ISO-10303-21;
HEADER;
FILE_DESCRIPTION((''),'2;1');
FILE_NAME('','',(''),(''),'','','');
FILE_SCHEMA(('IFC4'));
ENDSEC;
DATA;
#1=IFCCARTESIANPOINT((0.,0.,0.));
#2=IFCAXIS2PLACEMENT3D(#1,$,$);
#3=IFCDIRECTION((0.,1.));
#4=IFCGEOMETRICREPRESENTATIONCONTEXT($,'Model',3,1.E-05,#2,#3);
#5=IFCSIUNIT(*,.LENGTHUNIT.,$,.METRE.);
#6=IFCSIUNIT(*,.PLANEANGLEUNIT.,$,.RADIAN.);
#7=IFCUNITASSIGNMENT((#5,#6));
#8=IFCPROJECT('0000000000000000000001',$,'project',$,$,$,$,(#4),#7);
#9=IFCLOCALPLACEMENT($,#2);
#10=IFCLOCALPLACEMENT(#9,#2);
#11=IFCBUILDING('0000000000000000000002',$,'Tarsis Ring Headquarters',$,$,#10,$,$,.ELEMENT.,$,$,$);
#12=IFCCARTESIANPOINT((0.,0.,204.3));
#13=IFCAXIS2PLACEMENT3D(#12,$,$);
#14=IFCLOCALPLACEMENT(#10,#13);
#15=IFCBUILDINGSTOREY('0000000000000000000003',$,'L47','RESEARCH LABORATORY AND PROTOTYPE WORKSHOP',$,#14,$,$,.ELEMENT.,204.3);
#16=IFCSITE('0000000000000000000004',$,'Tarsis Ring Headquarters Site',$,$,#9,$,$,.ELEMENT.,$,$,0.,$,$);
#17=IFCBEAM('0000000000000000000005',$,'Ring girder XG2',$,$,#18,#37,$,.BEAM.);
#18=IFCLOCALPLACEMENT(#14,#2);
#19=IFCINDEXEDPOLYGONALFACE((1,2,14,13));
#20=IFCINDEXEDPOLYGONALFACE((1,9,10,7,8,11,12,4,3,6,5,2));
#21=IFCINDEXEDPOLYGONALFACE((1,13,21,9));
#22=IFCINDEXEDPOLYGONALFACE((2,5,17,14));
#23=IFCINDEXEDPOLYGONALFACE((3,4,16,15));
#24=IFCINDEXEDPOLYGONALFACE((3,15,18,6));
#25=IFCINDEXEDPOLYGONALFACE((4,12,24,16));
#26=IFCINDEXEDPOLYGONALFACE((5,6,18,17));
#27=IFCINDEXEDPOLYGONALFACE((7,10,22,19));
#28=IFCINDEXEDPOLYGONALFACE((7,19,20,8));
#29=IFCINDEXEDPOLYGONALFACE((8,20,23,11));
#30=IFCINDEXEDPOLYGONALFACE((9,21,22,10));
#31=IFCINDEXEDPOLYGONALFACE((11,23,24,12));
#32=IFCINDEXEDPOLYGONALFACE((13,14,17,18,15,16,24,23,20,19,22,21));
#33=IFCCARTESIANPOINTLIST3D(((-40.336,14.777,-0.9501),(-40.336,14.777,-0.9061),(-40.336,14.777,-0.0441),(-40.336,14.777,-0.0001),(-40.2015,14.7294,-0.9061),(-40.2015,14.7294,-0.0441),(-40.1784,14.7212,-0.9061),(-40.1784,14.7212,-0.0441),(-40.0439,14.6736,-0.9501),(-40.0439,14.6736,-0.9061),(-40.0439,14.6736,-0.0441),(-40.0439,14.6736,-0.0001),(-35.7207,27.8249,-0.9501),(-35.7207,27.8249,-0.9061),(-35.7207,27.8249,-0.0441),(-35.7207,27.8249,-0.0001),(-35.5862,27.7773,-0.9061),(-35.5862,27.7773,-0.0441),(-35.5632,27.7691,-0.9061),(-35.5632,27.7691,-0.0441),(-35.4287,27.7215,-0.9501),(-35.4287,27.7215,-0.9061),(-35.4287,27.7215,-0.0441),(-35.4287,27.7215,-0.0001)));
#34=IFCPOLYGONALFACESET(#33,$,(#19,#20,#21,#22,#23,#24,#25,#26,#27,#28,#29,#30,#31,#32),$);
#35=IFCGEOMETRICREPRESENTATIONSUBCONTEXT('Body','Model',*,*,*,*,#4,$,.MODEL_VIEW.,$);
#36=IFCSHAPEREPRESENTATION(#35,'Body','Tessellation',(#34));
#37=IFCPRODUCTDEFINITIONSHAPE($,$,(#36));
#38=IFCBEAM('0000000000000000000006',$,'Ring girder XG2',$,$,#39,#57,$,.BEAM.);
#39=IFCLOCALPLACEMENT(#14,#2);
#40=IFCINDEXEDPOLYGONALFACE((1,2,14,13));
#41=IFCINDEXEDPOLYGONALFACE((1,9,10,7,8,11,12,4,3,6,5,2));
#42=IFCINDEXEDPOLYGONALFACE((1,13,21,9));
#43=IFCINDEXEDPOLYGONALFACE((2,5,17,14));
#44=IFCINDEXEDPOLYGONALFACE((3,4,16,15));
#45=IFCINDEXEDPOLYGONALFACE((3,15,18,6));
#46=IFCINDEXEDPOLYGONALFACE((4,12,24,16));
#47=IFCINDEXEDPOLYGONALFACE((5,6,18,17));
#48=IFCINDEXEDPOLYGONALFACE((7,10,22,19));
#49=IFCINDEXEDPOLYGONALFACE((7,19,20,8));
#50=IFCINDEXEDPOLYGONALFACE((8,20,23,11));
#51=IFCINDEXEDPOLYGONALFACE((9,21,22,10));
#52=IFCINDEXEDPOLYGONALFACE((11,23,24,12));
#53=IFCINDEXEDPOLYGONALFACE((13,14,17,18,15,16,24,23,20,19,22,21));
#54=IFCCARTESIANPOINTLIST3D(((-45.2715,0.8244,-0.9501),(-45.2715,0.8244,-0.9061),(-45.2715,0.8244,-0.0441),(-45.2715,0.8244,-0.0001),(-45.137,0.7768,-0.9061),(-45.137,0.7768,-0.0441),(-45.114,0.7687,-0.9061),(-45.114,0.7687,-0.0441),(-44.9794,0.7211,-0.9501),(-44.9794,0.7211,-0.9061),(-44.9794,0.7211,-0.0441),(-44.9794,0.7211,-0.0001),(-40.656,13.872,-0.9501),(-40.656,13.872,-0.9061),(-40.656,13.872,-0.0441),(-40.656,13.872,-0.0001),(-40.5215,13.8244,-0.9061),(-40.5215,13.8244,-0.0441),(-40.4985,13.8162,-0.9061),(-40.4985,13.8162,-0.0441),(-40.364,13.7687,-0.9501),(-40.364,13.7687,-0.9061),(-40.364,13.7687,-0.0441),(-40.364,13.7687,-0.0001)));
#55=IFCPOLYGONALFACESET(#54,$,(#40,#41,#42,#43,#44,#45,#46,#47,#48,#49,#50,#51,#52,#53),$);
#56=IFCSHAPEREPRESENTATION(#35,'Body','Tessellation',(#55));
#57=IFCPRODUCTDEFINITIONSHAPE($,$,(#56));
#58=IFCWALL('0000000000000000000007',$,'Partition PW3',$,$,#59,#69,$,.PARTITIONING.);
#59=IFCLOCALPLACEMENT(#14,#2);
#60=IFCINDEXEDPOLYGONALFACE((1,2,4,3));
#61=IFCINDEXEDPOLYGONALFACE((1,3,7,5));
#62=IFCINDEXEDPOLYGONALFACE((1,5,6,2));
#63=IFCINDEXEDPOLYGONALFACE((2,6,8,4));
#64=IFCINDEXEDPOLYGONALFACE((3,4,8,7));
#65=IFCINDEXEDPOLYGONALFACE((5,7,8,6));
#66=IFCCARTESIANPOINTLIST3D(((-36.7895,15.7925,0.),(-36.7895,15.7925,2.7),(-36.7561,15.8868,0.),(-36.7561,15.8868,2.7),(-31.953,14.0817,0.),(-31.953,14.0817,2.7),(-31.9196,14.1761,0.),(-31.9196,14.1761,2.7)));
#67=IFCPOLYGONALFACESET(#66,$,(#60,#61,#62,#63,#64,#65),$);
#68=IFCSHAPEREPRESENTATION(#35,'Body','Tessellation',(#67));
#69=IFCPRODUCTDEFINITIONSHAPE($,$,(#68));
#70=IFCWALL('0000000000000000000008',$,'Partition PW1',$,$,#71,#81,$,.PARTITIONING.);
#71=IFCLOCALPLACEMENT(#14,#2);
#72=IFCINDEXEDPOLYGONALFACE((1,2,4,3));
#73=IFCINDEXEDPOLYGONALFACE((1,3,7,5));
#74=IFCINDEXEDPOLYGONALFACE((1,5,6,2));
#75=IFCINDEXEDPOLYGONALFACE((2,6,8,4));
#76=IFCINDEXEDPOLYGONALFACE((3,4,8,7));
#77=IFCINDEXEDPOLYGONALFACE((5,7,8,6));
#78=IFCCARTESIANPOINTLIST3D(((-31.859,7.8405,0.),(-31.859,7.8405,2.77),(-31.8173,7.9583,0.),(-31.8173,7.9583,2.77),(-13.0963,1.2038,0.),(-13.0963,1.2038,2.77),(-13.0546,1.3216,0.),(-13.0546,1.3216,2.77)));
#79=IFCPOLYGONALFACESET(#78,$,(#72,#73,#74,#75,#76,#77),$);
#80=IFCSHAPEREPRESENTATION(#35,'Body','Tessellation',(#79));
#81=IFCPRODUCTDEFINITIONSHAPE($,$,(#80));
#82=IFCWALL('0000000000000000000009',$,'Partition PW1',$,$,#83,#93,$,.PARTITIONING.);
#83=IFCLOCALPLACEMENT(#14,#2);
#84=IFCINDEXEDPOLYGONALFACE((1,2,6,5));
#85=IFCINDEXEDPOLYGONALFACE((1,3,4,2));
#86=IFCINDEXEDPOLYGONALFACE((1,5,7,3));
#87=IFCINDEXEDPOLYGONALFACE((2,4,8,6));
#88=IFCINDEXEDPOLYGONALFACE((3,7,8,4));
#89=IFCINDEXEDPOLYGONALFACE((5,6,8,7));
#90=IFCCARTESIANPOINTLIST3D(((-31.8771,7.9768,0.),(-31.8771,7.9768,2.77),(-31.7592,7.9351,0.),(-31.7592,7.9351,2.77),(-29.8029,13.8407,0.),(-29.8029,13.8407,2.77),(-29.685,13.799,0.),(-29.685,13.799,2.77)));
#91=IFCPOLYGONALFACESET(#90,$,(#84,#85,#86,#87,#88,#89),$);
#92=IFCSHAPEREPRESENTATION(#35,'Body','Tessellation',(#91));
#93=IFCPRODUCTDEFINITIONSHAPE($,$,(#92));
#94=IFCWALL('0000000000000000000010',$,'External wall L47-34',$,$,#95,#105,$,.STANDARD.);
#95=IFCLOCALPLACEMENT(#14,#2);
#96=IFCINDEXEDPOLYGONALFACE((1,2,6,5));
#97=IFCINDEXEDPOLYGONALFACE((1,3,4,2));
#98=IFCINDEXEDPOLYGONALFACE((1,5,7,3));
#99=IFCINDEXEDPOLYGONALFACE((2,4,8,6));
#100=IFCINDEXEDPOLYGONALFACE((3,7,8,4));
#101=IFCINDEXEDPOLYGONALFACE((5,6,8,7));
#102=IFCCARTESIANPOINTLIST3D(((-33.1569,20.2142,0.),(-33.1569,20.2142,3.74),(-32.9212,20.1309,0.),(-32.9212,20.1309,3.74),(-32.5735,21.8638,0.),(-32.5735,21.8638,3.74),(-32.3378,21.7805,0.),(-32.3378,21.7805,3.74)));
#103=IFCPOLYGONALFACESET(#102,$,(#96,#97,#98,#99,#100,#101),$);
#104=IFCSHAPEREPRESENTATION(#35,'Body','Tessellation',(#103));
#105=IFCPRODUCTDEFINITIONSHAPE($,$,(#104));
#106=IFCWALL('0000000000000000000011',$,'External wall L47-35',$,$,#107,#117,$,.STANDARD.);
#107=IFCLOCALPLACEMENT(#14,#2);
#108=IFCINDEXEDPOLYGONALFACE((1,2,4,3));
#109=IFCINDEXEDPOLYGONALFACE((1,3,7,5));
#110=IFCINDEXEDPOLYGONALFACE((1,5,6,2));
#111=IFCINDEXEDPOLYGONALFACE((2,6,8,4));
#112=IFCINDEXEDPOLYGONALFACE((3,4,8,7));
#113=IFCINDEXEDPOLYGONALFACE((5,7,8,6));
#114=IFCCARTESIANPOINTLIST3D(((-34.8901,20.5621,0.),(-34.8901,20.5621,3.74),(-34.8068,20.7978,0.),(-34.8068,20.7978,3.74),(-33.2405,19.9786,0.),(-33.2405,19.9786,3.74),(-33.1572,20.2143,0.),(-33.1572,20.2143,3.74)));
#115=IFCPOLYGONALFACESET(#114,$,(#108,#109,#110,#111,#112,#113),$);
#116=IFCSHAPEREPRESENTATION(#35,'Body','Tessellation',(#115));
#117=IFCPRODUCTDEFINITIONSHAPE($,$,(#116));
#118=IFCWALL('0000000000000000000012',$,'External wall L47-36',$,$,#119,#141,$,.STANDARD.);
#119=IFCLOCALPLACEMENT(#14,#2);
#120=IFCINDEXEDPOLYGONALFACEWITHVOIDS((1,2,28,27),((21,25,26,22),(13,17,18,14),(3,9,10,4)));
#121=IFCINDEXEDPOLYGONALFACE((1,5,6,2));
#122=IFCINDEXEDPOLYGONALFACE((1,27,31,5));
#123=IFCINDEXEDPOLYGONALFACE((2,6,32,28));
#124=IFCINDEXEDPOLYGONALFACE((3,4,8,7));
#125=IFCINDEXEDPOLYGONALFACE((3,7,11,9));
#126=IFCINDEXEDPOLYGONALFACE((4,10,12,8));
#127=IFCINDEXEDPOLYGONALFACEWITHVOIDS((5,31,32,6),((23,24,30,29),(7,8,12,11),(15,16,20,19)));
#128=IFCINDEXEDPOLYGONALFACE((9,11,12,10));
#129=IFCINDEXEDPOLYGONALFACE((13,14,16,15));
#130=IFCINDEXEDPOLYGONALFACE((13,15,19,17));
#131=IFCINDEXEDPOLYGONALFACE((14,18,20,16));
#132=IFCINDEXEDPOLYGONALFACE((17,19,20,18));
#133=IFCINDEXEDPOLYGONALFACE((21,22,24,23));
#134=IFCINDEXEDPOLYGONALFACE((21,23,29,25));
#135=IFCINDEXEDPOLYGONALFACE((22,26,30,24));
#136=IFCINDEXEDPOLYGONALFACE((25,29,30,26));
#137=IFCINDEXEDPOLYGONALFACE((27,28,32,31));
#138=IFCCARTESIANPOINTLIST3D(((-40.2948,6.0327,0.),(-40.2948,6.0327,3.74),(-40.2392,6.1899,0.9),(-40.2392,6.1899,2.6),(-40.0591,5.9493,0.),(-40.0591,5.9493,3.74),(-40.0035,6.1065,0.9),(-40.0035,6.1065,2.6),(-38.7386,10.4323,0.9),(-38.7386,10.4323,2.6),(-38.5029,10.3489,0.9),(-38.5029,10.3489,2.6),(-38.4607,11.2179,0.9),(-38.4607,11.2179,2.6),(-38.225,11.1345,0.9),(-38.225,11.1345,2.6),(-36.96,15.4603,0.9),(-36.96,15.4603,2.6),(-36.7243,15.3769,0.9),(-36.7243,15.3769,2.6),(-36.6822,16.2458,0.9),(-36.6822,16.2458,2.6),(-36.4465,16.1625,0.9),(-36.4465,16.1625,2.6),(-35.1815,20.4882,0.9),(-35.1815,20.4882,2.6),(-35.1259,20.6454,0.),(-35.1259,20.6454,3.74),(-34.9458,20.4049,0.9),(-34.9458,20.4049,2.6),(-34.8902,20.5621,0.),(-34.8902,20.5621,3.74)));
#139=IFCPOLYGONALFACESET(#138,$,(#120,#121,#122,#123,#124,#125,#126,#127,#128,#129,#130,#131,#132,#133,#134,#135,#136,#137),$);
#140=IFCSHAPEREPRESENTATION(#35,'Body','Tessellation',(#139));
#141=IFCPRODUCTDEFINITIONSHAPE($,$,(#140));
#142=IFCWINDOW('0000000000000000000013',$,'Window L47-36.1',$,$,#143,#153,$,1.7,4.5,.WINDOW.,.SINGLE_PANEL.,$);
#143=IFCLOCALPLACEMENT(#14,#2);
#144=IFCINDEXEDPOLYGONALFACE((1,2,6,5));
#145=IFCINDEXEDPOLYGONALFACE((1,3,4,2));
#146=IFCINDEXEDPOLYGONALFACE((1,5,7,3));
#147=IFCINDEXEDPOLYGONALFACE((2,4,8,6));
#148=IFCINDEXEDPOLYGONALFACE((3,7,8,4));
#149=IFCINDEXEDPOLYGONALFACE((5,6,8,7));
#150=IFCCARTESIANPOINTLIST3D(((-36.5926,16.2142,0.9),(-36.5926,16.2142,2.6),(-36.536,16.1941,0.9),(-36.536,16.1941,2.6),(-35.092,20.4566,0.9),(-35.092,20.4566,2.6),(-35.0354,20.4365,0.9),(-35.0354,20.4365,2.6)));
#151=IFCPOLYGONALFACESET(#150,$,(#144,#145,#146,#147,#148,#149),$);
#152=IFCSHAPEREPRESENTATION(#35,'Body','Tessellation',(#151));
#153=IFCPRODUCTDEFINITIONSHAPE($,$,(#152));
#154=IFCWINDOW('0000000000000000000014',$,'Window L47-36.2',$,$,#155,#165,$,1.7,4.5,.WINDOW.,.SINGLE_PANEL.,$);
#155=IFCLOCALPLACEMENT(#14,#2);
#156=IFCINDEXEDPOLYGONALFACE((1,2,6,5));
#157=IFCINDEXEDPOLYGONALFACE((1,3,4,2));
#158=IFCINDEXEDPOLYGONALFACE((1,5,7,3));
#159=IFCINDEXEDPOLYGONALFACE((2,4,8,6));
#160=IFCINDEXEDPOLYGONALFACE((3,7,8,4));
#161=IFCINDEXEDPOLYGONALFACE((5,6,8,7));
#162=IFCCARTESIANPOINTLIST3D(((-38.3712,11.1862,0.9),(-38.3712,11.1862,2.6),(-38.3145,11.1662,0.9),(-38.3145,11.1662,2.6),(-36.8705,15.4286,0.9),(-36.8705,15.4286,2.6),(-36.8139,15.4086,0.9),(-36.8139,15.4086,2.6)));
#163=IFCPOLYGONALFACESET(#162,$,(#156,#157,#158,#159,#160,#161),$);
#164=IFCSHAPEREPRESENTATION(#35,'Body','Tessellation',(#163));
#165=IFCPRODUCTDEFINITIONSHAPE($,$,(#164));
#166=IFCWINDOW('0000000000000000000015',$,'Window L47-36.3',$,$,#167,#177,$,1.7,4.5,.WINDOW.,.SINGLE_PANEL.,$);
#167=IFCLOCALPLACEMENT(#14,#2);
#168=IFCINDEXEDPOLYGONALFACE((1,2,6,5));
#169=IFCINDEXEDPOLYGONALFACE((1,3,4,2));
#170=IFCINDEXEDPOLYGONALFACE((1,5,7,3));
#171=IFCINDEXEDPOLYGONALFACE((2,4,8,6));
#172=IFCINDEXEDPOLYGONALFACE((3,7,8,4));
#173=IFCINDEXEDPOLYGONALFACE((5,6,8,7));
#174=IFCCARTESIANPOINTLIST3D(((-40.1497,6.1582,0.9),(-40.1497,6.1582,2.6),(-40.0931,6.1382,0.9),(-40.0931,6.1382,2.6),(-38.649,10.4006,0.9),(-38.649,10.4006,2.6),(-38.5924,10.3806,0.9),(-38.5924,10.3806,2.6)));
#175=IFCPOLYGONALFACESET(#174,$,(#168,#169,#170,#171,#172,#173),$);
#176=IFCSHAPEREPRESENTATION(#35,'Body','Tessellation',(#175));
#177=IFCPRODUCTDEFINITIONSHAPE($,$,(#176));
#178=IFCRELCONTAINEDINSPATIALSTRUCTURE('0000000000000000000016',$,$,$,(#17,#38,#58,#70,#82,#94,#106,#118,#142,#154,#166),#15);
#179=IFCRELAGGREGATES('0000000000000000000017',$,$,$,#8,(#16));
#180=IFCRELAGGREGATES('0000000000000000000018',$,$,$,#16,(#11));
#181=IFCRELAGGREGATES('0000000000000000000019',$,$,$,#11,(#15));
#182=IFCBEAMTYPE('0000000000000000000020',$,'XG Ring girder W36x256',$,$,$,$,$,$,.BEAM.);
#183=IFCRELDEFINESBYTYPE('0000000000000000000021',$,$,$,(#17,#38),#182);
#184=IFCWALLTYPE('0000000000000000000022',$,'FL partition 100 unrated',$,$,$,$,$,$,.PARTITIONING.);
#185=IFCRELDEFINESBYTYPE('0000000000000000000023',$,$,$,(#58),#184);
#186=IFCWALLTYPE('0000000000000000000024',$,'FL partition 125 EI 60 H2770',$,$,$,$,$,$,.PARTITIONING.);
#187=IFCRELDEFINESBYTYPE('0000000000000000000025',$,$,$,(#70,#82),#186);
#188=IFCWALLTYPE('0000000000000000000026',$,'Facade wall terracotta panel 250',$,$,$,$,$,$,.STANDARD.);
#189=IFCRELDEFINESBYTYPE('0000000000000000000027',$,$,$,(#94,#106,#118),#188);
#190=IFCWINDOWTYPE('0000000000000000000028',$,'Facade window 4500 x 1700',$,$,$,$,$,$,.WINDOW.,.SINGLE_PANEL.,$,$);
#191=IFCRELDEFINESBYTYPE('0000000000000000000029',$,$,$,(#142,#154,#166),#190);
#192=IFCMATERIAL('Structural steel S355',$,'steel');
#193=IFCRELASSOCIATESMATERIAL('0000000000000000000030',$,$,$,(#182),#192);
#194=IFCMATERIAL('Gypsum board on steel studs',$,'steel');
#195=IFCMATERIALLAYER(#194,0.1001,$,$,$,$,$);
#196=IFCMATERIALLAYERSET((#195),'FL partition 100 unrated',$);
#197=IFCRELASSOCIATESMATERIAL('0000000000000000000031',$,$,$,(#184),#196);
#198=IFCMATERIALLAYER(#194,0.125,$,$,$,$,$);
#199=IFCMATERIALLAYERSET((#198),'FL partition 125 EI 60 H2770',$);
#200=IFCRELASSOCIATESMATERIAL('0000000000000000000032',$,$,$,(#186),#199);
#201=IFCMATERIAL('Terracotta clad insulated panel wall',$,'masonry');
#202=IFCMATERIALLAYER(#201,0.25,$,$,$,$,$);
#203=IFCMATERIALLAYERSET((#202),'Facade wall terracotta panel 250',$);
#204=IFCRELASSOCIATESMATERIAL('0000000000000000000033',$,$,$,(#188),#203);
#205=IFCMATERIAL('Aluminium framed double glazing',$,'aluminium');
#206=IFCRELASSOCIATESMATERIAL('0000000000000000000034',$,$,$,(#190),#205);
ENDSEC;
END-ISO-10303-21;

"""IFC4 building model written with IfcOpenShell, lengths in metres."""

from ifc_helpers import new_model, si_unit, direction, frame, frame_2d, origin, origin_2d, place, context, subcontext, project, spatial, rectangle, i_section, extrude, material, layer, layer_set, material_profile, profile_set, type_object, element, fill, save


model = new_model("IFC4")

# Units and contexts
model_context = context("Model", 3, precision=1e-05, world=origin(), true_north=direction((0.0, 1.0)))
body_context = subcontext(model_context, "Body", "Model", "MODEL_VIEW")
ifc_project = project(units=[si_unit("LENGTHUNIT", "METRE"), si_unit("PLANEANGLEUNIT", "RADIAN")], contexts=[model_context])

# Site, building, storey
site_placement = place(None, origin())
site = spatial("IfcSite", under=ifc_project, at=site_placement, Name="Tarsis Ring Headquarters Site", CompositionType="ELEMENT", RefElevation=0.0)
building_placement = place(site_placement, origin())
building = spatial("IfcBuilding", under=site, at=building_placement, Name="Tarsis Ring Headquarters", CompositionType="ELEMENT")
storey_placement = place(building_placement, frame((0.0, 0.0, 204.3)))
storey = spatial("IfcBuildingStorey", under=building, at=storey_placement, Name="L47", Description="RESEARCH LABORATORY AND PROTOTYPE WORKSHOP", CompositionType="ELEMENT", Elevation=204.3)

# Shared definitions
ifc_material_1 = material(Name="Structural steel S355", Category="steel")

# Beams
ifc_material_profile_1 = material_profile(ifc_material_1, i_section(OverallWidth=0.3098, OverallDepth=0.95, WebThickness=0.0244, FlangeThickness=0.0439, at=origin_2d()), Name="W36x256")
ifc_profile_set_1 = profile_set([ifc_material_profile_1], Name="Structural steel S355")
beam_type_1 = type_object("IfcBeamType", Name="XG Ring girder W36x256", PredefinedType="BEAM", material=ifc_profile_set_1)
beam_1_placement = place(storey_placement, frame((-35.5747, 27.7732, -0.4751), z_axis=(-0.33347, -0.942761, 0.0), x_axis=(0.942761, -0.33347, 0.0)))
element("IfcBeam", 1, at=beam_1_placement, inside=storey, type_object=beam_type_1, Name="Ring girder XG2", PredefinedType="BEAM", context=body_context, shape_type="SweptSolid", body=[
    extrude(i_section(OverallWidth=0.3098, OverallDepth=0.95, WebThickness=0.0244, FlangeThickness=0.0439, at=origin_2d()), origin(), (0.0, 0.0, 1.0), 13.8401),
])
beam_2_placement = place(storey_placement, frame((-40.51, 13.8203, -0.4751), z_axis=(-0.333491, -0.942753, 0.0), x_axis=(0.942753, -0.333491, 0.0)))
element("IfcBeam", 2, at=beam_2_placement, inside=storey, type_object=beam_type_1, Name="Ring girder XG2", PredefinedType="BEAM", context=body_context, shape_type="SweptSolid", body=[
    extrude(i_section(OverallWidth=0.3098, OverallDepth=0.95, WebThickness=0.0244, FlangeThickness=0.0439, at=origin_2d()), origin(), (0.0, 0.0, 1.0), 13.8398),
])

# Walls
ifc_material_2 = material(Name="Gypsum board on steel studs", Category="steel")
ifc_layer_1 = layer(ifc_material_2, 0.1001)
ifc_layer_set_1 = layer_set([ifc_layer_1], Name="FL partition 100 unrated")
wall_type_1 = type_object("IfcWallType", Name="FL partition 100 unrated", PredefinedType="PARTITIONING", material=ifc_layer_set_1)
wall_1_placement = place(storey_placement, frame((-36.7727, 15.8396, 0.0), z_axis=(0.0, 0.0, 1.0), x_axis=(0.942763, -0.333465, 0.0)))
element("IfcWall", 3, at=wall_1_placement, inside=storey, type_object=wall_type_1, Name="Partition PW3", PredefinedType="PARTITIONING", context=body_context, shape_type="SweptSolid", body=[
    extrude(rectangle(XDim=5.1301, YDim=0.1001, at=frame_2d((2.5649, 0.0))), origin(), (0.0, 0.0, 1.0), 2.7),
])
ifc_layer_2 = layer(ifc_material_2, 0.125)
ifc_layer_set_2 = layer_set([ifc_layer_2], Name="FL partition 125 EI 60 H2770")
wall_type_2 = type_object("IfcWallType", Name="FL partition 125 EI 60 H2770", PredefinedType="PARTITIONING", material=ifc_layer_set_2)
wall_2_placement = place(storey_placement, frame((-31.8381, 7.8994, 0.0), z_axis=(0.0, 0.0, 1.0), x_axis=(0.94276, -0.333472, 0.0)))
element("IfcWall", 4, at=wall_2_placement, inside=storey, type_object=wall_type_2, Name="Partition PW1", PredefinedType="PARTITIONING", context=body_context, shape_type="SweptSolid", body=[
    extrude(rectangle(XDim=19.9019, YDim=0.125, at=frame_2d((9.9509, 0.0))), origin(), (0.0, 0.0, 1.0), 2.77),
])
wall_3_placement = place(storey_placement, frame((-31.8181, 7.9561, 0.0), z_axis=(0.0, 0.0, 1.0), x_axis=(0.333473, 0.94276, 0.0)))
element("IfcWall", 5, at=wall_3_placement, inside=storey, type_object=wall_type_2, Name="Partition PW1", PredefinedType="PARTITIONING", context=body_context, shape_type="SweptSolid", body=[
    extrude(rectangle(XDim=6.22, YDim=0.125, at=frame_2d((3.1099, 0.0))), origin(), (0.0, 0.0, 1.0), 2.77),
])
ifc_material_3 = material(Name="Terracotta clad insulated panel wall", Category="masonry")
ifc_layer_3 = layer(ifc_material_3, 0.25)
ifc_layer_set_3 = layer_set([ifc_layer_3], Name="Facade wall terracotta panel 250")
wall_type_3 = type_object("IfcWallType", Name="Facade wall terracotta panel 250", PredefinedType="STANDARD", material=ifc_layer_set_3)
for number, where, z_axis, x_axis, name in (
    (6, (-32.4556, 21.8223, 0.0), (0.0, 0.0, 1.0), (-0.333462, -0.942763, 0.0), "External wall L47-34"),
    (7, (-33.1987, 20.0964, 0.0), (0.0, 0.0, 1.0), (-0.942763, 0.333462, 0.0), "External wall L47-35"),
):
    element("IfcWall", number, at=place(storey_placement, frame(where, z_axis=z_axis, x_axis=x_axis)), inside=storey, type_object=wall_type_3, Name=name, PredefinedType="STANDARD", context=body_context, shape_type="SweptSolid", body=[
        extrude(rectangle(XDim=1.7498, YDim=0.25, at=frame_2d((0.875, 0.0))), origin(), (0.0, 0.0, 1.0), 3.74),
    ])

# Wall, openings, windows
wall_4_placement = place(storey_placement, frame((-35.0081, 20.6038, 0.0), z_axis=(0.0, 0.0, 1.0), x_axis=(-0.333479, -0.942757, 0.0)))
wall_4 = element("IfcWall", 8, at=wall_4_placement, inside=storey, type_object=wall_type_3, Name="External wall L47-36", PredefinedType="STANDARD", context=body_context, shape_type="SweptSolid", body=[
    extrude(rectangle(XDim=15.5, YDim=0.25, at=frame_2d((7.75, 0.0))), origin(), (0.0, 0.0, 1.0), 3.74),
])
opening_1_placement = place(wall_4_placement, frame((0.1667, 0.0, 0.8999)))
opening_1 = element("IfcOpeningElement", 9, at=opening_1_placement, cuts=wall_4, PredefinedType="OPENING", context=body_context, shape_type="SweptSolid", body=[
    extrude(rectangle(XDim=4.5, YDim=1.7, at=frame_2d((2.25, 0.8501))), frame((0.0, 0.135, 0.0), z_axis=(0.0, -1.0, 0.0), x_axis=(1.0, 0.0, 0.0)), (0.0, 0.0, 1.0), 0.27),
])
opening_2_placement = place(wall_4_placement, frame((5.5, 0.0, 0.8999)))
opening_2 = element("IfcOpeningElement", 10, at=opening_2_placement, cuts=wall_4, PredefinedType="OPENING", context=body_context, shape_type="SweptSolid", body=[
    extrude(rectangle(XDim=4.5, YDim=1.7, at=frame_2d((2.25, 0.8501))), frame((0.0, 0.135, 0.0), z_axis=(0.0, -1.0, 0.0), x_axis=(1.0, 0.0, 0.0)), (0.0, 0.0, 1.0), 0.27),
])
opening_3_placement = place(wall_4_placement, frame((10.8333, 0.0, 0.8999)))
opening_3 = element("IfcOpeningElement", 11, at=opening_3_placement, cuts=wall_4, PredefinedType="OPENING", context=body_context, shape_type="SweptSolid", body=[
    extrude(rectangle(XDim=4.5, YDim=1.7, at=frame_2d((2.25, 0.8501))), frame((0.0, 0.135, 0.0), z_axis=(0.0, -1.0, 0.0), x_axis=(1.0, 0.0, 0.0)), (0.0, 0.0, 1.0), 0.27),
])
ifc_material_4 = material(Name="Aluminium framed double glazing", Category="aluminium")
window_type = type_object("IfcWindowType", Name="Facade window 4500 x 1700", PartitioningType="SINGLE_PANEL", PredefinedType="WINDOW", material=ifc_material_4)
window_1_placement = place(opening_1_placement, origin())
window_1 = element("IfcWindow", 12, at=window_1_placement, inside=storey, type_object=window_type, Name="Window L47-36.1", OverallHeight=1.7, OverallWidth=4.5, PartitioningType="SINGLE_PANEL", PredefinedType="WINDOW", context=body_context, shape_type="SweptSolid", body=[
    extrude(rectangle(XDim=4.5, YDim=1.7, at=frame_2d((2.25, 0.8501))), frame((0.0, 0.03, 0.0), z_axis=(0.0, -1.0, 0.0), x_axis=(1.0, 0.0, 0.0)), (0.0, 0.0, 1.0), 0.0601),
])
fill(opening_1, window_1)
window_2_placement = place(opening_2_placement, origin())
window_2 = element("IfcWindow", 13, at=window_2_placement, inside=storey, type_object=window_type, Name="Window L47-36.2", OverallHeight=1.7, OverallWidth=4.5, PartitioningType="SINGLE_PANEL", PredefinedType="WINDOW", context=body_context, shape_type="SweptSolid", body=[
    extrude(rectangle(XDim=4.5, YDim=1.7, at=frame_2d((2.25, 0.8501))), frame((0.0, 0.03, 0.0), z_axis=(0.0, -1.0, 0.0), x_axis=(1.0, 0.0, 0.0)), (0.0, 0.0, 1.0), 0.0601),
])
fill(opening_2, window_2)
window_3_placement = place(opening_3_placement, origin())
window_3 = element("IfcWindow", 14, at=window_3_placement, inside=storey, type_object=window_type, Name="Window L47-36.3", OverallHeight=1.7, OverallWidth=4.5, PartitioningType="SINGLE_PANEL", PredefinedType="WINDOW", context=body_context, shape_type="SweptSolid", body=[
    extrude(rectangle(XDim=4.5, YDim=1.7, at=frame_2d((2.25, 0.8501))), frame((0.0, 0.03, 0.0), z_axis=(0.0, -1.0, 0.0), x_axis=(1.0, 0.0, 0.0)), (0.0, 0.0, 1.0), 0.0601),
])
fill(opening_3, window_3)

save(model, "model.ifc")
